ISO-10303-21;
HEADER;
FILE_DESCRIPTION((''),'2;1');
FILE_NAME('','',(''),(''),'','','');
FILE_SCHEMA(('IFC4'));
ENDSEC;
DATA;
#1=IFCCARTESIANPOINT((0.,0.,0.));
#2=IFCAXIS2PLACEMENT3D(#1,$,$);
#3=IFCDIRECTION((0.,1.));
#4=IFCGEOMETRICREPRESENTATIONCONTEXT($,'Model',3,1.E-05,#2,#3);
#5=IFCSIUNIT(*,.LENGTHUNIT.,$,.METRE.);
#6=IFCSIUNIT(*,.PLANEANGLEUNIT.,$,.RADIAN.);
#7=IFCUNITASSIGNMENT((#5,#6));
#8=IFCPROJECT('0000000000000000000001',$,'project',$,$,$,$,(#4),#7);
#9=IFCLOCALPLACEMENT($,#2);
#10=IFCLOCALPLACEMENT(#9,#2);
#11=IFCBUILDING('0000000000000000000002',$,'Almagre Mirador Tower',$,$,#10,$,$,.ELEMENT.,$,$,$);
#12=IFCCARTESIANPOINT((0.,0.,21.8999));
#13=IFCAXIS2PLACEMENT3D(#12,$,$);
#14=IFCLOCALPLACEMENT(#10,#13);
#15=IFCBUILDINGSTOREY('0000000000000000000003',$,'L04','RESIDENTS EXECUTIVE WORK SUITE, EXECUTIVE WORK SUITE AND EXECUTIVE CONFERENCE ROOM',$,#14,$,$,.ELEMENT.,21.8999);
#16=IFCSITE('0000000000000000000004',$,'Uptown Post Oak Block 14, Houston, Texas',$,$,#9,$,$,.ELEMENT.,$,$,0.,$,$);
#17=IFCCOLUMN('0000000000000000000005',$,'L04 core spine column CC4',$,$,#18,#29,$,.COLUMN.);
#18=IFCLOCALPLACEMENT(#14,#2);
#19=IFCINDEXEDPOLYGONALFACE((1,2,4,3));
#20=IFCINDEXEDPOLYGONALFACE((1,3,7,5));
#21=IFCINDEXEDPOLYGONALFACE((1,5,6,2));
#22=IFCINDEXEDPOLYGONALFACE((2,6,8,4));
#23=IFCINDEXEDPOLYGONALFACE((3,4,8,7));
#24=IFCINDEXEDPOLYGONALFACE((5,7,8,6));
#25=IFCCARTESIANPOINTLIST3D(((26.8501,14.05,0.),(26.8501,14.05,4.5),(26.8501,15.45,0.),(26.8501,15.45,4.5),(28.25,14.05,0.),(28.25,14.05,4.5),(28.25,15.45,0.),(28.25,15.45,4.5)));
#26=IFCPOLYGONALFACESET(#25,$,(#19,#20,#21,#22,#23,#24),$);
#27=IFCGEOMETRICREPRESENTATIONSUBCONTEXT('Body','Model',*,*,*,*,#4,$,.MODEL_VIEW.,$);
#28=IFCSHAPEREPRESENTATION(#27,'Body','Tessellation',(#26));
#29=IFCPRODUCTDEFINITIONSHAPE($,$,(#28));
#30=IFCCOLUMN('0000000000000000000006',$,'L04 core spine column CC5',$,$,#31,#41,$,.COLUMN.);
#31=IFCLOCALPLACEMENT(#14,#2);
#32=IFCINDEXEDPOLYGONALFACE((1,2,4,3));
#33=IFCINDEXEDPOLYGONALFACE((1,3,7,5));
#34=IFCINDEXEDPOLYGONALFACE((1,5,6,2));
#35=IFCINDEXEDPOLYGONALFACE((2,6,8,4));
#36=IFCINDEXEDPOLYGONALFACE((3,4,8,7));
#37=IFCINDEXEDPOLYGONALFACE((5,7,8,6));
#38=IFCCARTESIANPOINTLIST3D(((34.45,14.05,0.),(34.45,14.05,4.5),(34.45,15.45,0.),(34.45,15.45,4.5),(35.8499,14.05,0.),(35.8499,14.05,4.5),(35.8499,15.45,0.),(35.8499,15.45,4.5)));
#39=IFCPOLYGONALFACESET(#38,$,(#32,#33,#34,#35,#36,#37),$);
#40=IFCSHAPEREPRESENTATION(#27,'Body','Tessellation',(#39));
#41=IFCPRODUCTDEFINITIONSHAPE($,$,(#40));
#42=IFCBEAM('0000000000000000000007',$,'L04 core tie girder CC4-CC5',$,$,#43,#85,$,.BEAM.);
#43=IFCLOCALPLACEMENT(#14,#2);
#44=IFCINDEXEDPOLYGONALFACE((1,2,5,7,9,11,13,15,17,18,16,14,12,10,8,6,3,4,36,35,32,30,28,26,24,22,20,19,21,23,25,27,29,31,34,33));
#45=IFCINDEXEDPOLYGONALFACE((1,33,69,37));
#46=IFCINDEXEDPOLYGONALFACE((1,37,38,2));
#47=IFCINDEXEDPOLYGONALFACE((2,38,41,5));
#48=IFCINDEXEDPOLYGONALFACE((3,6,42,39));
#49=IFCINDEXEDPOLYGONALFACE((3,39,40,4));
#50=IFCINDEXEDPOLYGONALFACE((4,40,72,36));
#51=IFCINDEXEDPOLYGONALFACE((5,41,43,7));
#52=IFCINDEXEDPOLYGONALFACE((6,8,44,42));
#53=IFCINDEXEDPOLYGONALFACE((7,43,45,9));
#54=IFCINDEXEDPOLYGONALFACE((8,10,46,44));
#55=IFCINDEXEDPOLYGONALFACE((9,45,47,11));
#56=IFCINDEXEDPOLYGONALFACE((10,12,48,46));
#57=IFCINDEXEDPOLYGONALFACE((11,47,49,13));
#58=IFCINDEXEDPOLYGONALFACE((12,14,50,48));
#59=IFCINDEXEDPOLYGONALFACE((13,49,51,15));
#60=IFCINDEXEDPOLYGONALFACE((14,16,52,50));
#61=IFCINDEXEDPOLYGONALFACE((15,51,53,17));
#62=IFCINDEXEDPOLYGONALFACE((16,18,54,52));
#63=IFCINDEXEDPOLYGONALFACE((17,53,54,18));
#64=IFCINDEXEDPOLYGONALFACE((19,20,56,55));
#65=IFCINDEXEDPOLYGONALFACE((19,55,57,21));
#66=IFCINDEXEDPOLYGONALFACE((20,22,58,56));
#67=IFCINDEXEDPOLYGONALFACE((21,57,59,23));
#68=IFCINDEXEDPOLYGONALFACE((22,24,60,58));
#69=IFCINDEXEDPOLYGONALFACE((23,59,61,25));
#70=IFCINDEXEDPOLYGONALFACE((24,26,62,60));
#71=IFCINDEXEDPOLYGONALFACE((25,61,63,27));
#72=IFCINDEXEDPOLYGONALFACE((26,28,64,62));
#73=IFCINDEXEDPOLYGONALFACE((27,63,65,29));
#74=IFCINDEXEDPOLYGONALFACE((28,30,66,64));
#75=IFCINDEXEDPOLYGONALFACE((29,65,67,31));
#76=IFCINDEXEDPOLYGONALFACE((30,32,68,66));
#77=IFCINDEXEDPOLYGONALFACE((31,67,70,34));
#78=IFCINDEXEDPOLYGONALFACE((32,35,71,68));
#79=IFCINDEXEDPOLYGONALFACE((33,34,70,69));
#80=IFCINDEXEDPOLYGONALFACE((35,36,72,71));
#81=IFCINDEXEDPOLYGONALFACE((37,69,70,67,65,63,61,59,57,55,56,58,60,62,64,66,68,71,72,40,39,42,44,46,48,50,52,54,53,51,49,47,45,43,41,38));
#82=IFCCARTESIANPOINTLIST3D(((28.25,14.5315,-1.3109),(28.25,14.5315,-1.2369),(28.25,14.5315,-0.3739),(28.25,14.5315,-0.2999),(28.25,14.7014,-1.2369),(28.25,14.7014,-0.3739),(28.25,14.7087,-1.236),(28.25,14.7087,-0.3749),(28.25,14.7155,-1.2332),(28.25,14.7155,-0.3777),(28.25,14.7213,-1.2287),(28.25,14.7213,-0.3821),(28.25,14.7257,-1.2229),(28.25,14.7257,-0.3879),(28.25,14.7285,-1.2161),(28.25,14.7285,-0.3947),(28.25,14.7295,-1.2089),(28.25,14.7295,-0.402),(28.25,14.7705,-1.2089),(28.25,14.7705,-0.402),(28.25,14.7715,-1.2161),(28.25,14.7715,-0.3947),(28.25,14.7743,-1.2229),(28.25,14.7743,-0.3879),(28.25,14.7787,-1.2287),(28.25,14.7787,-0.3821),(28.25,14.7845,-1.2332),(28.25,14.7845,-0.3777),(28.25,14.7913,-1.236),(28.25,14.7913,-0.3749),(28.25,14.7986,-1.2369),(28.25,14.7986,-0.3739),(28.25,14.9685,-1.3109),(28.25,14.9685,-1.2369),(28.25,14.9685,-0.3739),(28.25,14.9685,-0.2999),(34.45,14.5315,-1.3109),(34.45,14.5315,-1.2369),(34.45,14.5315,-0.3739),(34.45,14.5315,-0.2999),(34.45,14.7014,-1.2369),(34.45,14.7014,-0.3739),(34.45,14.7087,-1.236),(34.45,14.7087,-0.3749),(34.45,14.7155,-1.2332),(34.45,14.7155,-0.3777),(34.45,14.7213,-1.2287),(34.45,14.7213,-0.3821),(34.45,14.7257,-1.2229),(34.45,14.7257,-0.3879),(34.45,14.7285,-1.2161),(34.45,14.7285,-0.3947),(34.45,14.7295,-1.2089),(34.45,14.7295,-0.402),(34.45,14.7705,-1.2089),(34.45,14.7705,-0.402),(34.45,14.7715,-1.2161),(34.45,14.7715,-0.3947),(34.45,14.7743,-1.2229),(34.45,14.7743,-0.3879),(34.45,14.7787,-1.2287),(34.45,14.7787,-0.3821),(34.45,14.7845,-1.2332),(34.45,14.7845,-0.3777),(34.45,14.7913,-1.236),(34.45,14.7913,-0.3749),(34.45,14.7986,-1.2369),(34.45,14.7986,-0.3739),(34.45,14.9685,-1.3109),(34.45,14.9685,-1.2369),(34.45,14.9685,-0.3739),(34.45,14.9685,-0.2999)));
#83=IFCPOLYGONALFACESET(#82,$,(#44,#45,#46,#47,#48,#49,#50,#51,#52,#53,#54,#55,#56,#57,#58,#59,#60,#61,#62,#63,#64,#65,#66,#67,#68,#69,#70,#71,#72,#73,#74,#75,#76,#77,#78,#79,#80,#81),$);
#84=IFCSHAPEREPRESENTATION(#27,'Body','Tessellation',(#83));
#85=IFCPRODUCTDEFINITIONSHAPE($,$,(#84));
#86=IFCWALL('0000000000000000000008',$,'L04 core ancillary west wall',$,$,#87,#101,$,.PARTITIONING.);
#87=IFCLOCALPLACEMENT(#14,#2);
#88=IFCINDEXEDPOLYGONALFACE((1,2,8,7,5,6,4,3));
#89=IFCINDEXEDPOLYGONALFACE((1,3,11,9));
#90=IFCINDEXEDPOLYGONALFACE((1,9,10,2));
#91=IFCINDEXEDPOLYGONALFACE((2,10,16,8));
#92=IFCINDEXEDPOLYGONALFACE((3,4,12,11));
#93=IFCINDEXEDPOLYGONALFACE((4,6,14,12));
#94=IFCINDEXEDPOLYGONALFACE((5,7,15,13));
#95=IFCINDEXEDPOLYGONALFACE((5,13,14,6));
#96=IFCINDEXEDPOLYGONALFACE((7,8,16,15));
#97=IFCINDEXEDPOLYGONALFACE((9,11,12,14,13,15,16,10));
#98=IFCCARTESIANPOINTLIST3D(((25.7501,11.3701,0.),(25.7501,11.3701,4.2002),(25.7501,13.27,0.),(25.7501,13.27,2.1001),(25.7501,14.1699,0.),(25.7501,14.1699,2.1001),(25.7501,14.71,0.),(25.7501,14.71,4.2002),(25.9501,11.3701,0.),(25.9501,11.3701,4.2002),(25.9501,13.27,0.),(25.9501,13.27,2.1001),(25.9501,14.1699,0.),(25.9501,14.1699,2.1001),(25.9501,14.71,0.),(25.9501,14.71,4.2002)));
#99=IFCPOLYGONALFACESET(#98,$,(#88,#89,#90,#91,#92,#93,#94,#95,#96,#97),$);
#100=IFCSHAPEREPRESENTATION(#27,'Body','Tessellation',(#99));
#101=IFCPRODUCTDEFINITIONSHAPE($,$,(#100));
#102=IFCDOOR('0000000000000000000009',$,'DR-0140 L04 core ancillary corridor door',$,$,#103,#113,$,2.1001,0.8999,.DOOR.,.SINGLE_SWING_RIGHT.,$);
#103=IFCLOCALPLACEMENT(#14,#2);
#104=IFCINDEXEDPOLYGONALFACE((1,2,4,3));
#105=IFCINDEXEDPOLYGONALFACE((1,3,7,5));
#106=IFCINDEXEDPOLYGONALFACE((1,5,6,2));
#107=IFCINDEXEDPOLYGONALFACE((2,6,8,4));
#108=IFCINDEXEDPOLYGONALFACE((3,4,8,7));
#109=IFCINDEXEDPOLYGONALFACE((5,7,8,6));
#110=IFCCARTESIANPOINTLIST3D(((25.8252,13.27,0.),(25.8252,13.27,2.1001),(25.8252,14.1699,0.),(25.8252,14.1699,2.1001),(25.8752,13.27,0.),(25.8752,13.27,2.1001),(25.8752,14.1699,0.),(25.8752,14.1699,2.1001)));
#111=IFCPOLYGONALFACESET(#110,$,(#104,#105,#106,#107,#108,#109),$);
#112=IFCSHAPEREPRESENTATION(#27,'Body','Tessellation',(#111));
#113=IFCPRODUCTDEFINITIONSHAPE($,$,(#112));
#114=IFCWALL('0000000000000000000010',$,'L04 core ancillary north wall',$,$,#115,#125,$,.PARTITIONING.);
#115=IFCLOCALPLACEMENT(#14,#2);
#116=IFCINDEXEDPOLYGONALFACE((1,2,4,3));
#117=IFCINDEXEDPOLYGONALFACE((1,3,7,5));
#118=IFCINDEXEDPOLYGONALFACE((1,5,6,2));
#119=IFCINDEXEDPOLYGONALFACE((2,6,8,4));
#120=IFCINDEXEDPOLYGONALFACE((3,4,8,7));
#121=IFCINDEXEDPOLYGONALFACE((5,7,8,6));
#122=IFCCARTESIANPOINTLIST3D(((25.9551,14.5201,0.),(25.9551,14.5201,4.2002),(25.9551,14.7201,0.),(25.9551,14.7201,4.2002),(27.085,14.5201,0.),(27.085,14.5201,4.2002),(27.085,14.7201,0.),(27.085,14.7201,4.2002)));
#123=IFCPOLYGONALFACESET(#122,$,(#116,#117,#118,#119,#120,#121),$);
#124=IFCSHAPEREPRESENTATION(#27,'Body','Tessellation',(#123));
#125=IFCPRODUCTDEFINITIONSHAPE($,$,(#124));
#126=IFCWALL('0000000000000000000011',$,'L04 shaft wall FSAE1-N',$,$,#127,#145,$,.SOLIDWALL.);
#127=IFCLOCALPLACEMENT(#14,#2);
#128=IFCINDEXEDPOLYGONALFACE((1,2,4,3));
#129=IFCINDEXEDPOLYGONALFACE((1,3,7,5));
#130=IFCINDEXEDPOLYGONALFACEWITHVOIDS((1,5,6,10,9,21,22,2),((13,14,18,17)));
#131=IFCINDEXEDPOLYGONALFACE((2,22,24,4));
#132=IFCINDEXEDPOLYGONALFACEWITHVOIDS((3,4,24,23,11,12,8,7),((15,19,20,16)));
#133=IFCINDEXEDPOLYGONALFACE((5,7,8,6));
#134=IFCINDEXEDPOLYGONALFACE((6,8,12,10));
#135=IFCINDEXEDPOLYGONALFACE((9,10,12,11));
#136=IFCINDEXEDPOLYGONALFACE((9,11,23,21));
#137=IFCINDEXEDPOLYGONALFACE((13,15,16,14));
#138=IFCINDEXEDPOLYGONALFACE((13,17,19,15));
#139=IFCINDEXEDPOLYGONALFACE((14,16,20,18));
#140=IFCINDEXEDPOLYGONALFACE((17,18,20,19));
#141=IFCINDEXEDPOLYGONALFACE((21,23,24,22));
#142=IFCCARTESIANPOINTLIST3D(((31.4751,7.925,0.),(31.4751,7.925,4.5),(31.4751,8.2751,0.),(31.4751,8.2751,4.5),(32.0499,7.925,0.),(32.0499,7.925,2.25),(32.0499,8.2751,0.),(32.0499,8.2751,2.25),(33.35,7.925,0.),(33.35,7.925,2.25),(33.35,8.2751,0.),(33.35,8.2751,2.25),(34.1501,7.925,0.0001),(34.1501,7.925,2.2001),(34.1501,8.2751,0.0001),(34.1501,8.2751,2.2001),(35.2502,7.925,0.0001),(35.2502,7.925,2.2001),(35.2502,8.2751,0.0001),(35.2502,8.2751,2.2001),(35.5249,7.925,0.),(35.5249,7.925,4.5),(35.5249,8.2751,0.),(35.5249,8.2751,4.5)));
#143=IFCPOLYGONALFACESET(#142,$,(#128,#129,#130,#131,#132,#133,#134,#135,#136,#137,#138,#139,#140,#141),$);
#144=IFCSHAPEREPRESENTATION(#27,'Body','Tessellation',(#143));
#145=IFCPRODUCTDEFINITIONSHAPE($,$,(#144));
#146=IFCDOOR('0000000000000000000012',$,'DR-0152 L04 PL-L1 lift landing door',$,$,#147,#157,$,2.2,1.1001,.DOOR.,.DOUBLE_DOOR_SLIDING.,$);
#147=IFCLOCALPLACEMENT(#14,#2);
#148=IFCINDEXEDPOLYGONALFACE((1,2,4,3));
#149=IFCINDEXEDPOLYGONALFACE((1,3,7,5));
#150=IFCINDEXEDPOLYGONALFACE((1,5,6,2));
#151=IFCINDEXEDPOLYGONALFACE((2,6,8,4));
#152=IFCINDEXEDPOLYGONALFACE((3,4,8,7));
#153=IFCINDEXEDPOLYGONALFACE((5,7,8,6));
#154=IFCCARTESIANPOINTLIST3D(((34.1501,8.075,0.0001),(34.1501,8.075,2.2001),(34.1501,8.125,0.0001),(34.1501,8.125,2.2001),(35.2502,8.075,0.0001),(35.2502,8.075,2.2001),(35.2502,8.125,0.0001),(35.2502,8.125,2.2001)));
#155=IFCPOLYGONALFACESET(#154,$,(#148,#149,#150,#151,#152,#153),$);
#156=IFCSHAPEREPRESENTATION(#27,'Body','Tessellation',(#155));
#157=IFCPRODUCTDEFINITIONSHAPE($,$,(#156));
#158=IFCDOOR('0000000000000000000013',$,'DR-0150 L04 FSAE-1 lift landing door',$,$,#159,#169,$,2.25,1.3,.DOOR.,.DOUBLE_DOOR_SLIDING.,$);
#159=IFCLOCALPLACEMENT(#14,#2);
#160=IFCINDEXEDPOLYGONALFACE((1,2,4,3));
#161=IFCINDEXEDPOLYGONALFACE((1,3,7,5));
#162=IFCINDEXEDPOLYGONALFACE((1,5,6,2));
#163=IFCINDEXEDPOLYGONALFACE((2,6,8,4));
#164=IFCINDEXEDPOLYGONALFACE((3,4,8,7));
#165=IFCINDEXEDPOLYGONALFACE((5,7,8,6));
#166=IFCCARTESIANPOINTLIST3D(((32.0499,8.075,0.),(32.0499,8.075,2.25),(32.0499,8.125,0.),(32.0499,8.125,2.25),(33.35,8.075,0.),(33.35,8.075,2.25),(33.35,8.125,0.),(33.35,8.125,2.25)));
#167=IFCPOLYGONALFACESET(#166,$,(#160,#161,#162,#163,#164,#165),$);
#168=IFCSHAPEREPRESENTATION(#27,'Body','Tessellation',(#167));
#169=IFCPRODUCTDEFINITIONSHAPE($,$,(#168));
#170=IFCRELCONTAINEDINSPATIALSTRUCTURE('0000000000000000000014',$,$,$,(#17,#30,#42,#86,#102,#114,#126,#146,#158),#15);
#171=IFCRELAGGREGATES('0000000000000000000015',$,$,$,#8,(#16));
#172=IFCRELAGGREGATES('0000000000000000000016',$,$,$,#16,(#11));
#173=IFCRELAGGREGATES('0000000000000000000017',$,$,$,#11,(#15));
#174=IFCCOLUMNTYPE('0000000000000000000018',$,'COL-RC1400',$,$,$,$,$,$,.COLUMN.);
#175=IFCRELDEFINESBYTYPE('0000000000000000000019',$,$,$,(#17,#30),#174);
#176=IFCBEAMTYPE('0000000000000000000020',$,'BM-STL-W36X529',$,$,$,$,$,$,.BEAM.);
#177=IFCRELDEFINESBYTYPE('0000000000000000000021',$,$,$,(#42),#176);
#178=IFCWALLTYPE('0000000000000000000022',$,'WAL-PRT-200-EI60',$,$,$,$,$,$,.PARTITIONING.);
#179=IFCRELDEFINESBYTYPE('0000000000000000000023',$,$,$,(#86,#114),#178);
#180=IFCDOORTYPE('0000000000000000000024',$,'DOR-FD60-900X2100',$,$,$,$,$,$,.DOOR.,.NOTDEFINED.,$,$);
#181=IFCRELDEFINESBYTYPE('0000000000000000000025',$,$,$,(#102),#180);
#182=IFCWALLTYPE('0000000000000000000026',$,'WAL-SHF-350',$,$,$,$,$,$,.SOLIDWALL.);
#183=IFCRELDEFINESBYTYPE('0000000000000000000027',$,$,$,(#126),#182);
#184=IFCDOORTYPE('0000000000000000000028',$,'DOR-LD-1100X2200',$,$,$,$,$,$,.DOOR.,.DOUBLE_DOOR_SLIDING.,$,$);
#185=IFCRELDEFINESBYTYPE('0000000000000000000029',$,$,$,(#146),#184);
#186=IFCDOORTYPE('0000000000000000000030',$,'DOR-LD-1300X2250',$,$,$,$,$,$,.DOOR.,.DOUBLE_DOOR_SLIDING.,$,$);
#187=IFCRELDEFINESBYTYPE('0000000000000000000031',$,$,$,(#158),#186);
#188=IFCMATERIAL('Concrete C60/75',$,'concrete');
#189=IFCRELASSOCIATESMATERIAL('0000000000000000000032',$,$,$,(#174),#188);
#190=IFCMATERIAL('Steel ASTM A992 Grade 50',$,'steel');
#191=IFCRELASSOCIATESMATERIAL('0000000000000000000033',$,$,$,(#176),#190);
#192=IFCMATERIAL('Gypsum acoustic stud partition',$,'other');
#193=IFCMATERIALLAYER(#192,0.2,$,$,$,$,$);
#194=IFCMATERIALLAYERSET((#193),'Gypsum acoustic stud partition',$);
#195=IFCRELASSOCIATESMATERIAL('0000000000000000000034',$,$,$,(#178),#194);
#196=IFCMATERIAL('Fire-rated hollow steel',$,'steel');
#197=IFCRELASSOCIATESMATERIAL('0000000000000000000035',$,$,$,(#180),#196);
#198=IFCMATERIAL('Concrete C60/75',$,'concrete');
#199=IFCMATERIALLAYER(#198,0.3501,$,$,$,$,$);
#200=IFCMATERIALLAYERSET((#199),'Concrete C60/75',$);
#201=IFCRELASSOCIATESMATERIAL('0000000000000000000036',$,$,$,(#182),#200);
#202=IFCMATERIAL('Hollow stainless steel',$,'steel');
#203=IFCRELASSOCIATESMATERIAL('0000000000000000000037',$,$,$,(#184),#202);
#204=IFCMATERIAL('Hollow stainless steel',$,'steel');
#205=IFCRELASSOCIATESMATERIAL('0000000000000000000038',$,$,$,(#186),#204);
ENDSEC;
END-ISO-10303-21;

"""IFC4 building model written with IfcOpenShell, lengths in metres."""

from ifc_helpers import new_model, si_unit, direction, frame, frame_2d, origin, origin_2d, place, context, subcontext, project, spatial, rectangle, i_section, extrude, material, layer, layer_set, material_profile, profile_set, type_object, element, fill, save


model = new_model("IFC4")

# Units and contexts
model_context = context("Model", 3, precision=1e-05, world=origin(), true_north=direction((0.0, 1.0)))
body_context = subcontext(model_context, "Body", "Model", "MODEL_VIEW")
ifc_project = project(units=[si_unit("LENGTHUNIT", "METRE"), si_unit("PLANEANGLEUNIT", "RADIAN")], contexts=[model_context])

# Site, building, storey
site_placement = place(None, origin())
site = spatial("IfcSite", under=ifc_project, at=site_placement, Name="Uptown Post Oak Block 14, Houston, Texas", CompositionType="ELEMENT", RefElevation=0.0)
building_placement = place(site_placement, origin())
building = spatial("IfcBuilding", under=site, at=building_placement, Name="Almagre Mirador Tower", CompositionType="ELEMENT")
storey_placement = place(building_placement, frame((0.0, 0.0, 21.8999)))
storey = spatial("IfcBuildingStorey", under=building, at=storey_placement, Name="L04", Description="RESIDENTS EXECUTIVE WORK SUITE, EXECUTIVE WORK SUITE AND EXECUTIVE CONFERENCE ROOM", CompositionType="ELEMENT", Elevation=21.8999)

# Columns
ifc_material_1 = material(Name="Concrete C60/75", Category="concrete")
ifc_material_profile_1 = material_profile(ifc_material_1, rectangle(XDim=1.3999, YDim=1.3999, at=origin_2d()), Name="RC1400X1400")
ifc_profile_set_1 = profile_set([ifc_material_profile_1], Name="Concrete C60/75")
column_type = type_object("IfcColumnType", Name="COL-RC1400", PredefinedType="COLUMN", material=ifc_profile_set_1)
for number, where, z_axis, x_axis, name in (
    (1, (27.55, 14.75, 0.0), (0.0, 0.0, 1.0), (1.0, 0.0, 0.0), "L04 core spine column CC4"),
    (2, (35.1499, 14.75, 0.0), (0.0, 0.0, 1.0), (1.0, 0.0, 0.0), "L04 core spine column CC5"),
):
    element("IfcColumn", number, at=place(storey_placement, frame(where, z_axis=z_axis, x_axis=x_axis)), inside=storey, type_object=column_type, Name=name, PredefinedType="COLUMN", context=body_context, shape_type="SweptSolid", body=[
        extrude(rectangle(XDim=1.3999, YDim=1.3999, at=origin_2d()), origin(), (0.0, 0.0, 1.0), 4.5),
    ])

# Beam
ifc_material_2 = material(Name="Steel ASTM A992 Grade 50", Category="steel")
ifc_material_profile_2 = material_profile(ifc_material_2, i_section(OverallWidth=0.437, OverallDepth=1.011, WebThickness=0.041, FlangeThickness=0.074, FilletRadius=0.0281, at=origin_2d()), Name="W36X529")
ifc_profile_set_2 = profile_set([ifc_material_profile_2], Name="Steel ASTM A992 Grade 50")
beam_type = type_object("IfcBeamType", Name="BM-STL-W36X529", PredefinedType="BEAM", material=ifc_profile_set_2)
beam_placement = place(storey_placement, frame((28.25, 14.75, -0.8054), z_axis=(1.0, 0.0, 0.0), x_axis=(0.0, 1.0, 0.0)))
element("IfcBeam", 3, at=beam_placement, inside=storey, type_object=beam_type, Name="L04 core tie girder CC4-CC5", PredefinedType="BEAM", context=body_context, shape_type="SweptSolid", body=[
    extrude(i_section(OverallWidth=0.437, OverallDepth=1.011, WebThickness=0.041, FlangeThickness=0.074, FilletRadius=0.0281, at=origin_2d()), origin(), (0.0, 0.0, 1.0), 6.2),
])

# Wall, opening, door
ifc_material_3 = material(Name="Gypsum acoustic stud partition", Category="other")
ifc_layer_1 = layer(ifc_material_3, 0.2)
ifc_layer_set_1 = layer_set([ifc_layer_1], Name="Gypsum acoustic stud partition")
wall_type_1 = type_object("IfcWallType", Name="WAL-PRT-200-EI60", PredefinedType="PARTITIONING", material=ifc_layer_set_1)
wall_1_placement = place(storey_placement, frame((25.8501, 11.3701, 0.0), z_axis=(0.0, 0.0, 1.0), x_axis=(0.0, 1.0, 0.0)))
wall_1 = element("IfcWall", 4, at=wall_1_placement, inside=storey, type_object=wall_type_1, Name="L04 core ancillary west wall", PredefinedType="PARTITIONING", context=body_context, shape_type="SweptSolid", body=[
    extrude(rectangle(XDim=3.3398, YDim=0.2, at=frame_2d((1.6699, 0.0))), origin(), (0.0, 0.0, 1.0), 4.2002),
])
opening_1_placement = place(wall_1_placement, frame((1.8999, 0.0, 0.0)))
opening_1 = element("IfcOpeningElement", 5, at=opening_1_placement, cuts=wall_1, PredefinedType="OPENING", context=body_context, shape_type="SweptSolid", body=[
    extrude(rectangle(XDim=0.8999, YDim=2.1001, at=frame_2d((0.45, 1.05))), frame((0.0, 0.1101, 0.0), z_axis=(0.0, -1.0, 0.0), x_axis=(1.0, 0.0, 0.0)), (0.0, 0.0, 1.0), 0.22),
])
ifc_material_4 = material(Name="Fire-rated hollow steel", Category="steel")
door_type_1 = type_object("IfcDoorType", Name="DOR-FD60-900X2100", OperationType="NOTDEFINED", PredefinedType="DOOR", material=ifc_material_4)
door_1_placement = place(opening_1_placement, origin())
door_1 = element("IfcDoor", 6, at=door_1_placement, inside=storey, type_object=door_type_1, Name="DR-0140 L04 core ancillary corridor door", OperationType="SINGLE_SWING_RIGHT", OverallHeight=2.1001, OverallWidth=0.8999, PredefinedType="DOOR", context=body_context, shape_type="SweptSolid", body=[
    extrude(rectangle(XDim=0.8999, YDim=2.1001, at=frame_2d((0.45, 1.05))), frame((0.0, 0.0249, 0.0), z_axis=(0.0, -1.0, 0.0), x_axis=(1.0, 0.0, 0.0)), (0.0, 0.0, 1.0), 0.05),
])
fill(opening_1, door_1)

# Wall
wall_2_placement = place(storey_placement, frame((25.9551, 14.6201, 0.0), z_axis=(0.0, 0.0, 1.0), x_axis=(1.0, 0.0, 0.0)))
element("IfcWall", 7, at=wall_2_placement, inside=storey, type_object=wall_type_1, Name="L04 core ancillary north wall", PredefinedType="PARTITIONING", context=body_context, shape_type="SweptSolid", body=[
    extrude(rectangle(XDim=1.1299, YDim=0.2, at=frame_2d((0.5649, 0.0))), origin(), (0.0, 0.0, 1.0), 4.2002),
])

# Wall, openings, doors
ifc_material_5 = material(Name="Concrete C60/75", Category="concrete")
ifc_layer_2 = layer(ifc_material_5, 0.3501)
ifc_layer_set_2 = layer_set([ifc_layer_2], Name="Concrete C60/75")
wall_type_2 = type_object("IfcWallType", Name="WAL-SHF-350", PredefinedType="SOLIDWALL", material=ifc_layer_set_2)
wall_3_placement = place(storey_placement, frame((31.4751, 8.1001, 0.0), z_axis=(0.0, 0.0, 1.0), x_axis=(1.0, 0.0, 0.0)))
wall_3 = element("IfcWall", 8, at=wall_3_placement, inside=storey, type_object=wall_type_2, Name="L04 shaft wall FSAE1-N", PredefinedType="SOLIDWALL", context=body_context, shape_type="SweptSolid", body=[
    extrude(rectangle(XDim=4.0498, YDim=0.3501, at=frame_2d((2.0249, 0.0))), origin(), (0.0, 0.0, 1.0), 4.5),
])
opening_2_placement = place(wall_3_placement, frame((0.575, 0.0, 0.0)))
opening_2 = element("IfcOpeningElement", 9, at=opening_2_placement, cuts=wall_3, PredefinedType="OPENING", context=body_context, shape_type="SweptSolid", body=[
    extrude(rectangle(XDim=1.3, YDim=2.25, at=frame_2d((0.6499, 1.125))), frame((0.0, 0.185, 0.0), z_axis=(0.0, -1.0, 0.0), x_axis=(1.0, 0.0, 0.0)), (0.0, 0.0, 1.0), 0.3701),
])
opening_3_placement = place(wall_3_placement, frame((2.675, 0.0, 0.0)))
opening_3 = element("IfcOpeningElement", 10, at=opening_3_placement, cuts=wall_3, PredefinedType="OPENING", context=body_context, shape_type="SweptSolid", body=[
    extrude(rectangle(XDim=1.1001, YDim=2.2, at=frame_2d((0.55, 1.1001))), frame((0.0, 0.185, 0.0), z_axis=(0.0, -1.0, 0.0), x_axis=(1.0, 0.0, 0.0)), (0.0, 0.0, 1.0), 0.3701),
])
ifc_material_6 = material(Name="Hollow stainless steel", Category="steel")
door_type_2 = type_object("IfcDoorType", Name="DOR-LD-1100X2200", OperationType="DOUBLE_DOOR_SLIDING", PredefinedType="DOOR", material=ifc_material_6)
door_2_placement = place(opening_3_placement, origin())
door_2 = element("IfcDoor", 11, at=door_2_placement, inside=storey, type_object=door_type_2, Name="DR-0152 L04 PL-L1 lift landing door", OperationType="DOUBLE_DOOR_SLIDING", OverallHeight=2.2, OverallWidth=1.1001, PredefinedType="DOOR", context=body_context, shape_type="SweptSolid", body=[
    extrude(rectangle(XDim=1.1001, YDim=2.2, at=frame_2d((0.55, 1.1001))), frame((0.0, 0.0249, 0.0), z_axis=(0.0, -1.0, 0.0), x_axis=(1.0, 0.0, 0.0)), (0.0, 0.0, 1.0), 0.05),
])
fill(opening_3, door_2)
ifc_material_7 = material(Name="Hollow stainless steel", Category="steel")
door_type_3 = type_object("IfcDoorType", Name="DOR-LD-1300X2250", OperationType="DOUBLE_DOOR_SLIDING", PredefinedType="DOOR", material=ifc_material_7)
door_3_placement = place(opening_2_placement, origin())
door_3 = element("IfcDoor", 12, at=door_3_placement, inside=storey, type_object=door_type_3, Name="DR-0150 L04 FSAE-1 lift landing door", OperationType="DOUBLE_DOOR_SLIDING", OverallHeight=2.25, OverallWidth=1.3, PredefinedType="DOOR", context=body_context, shape_type="SweptSolid", body=[
    extrude(rectangle(XDim=1.3, YDim=2.25, at=frame_2d((0.6499, 1.125))), frame((0.0, 0.0249, 0.0), z_axis=(0.0, -1.0, 0.0), x_axis=(1.0, 0.0, 0.0)), (0.0, 0.0, 1.0), 0.05),
])
fill(opening_2, door_3)

save(model, "model.ifc")
